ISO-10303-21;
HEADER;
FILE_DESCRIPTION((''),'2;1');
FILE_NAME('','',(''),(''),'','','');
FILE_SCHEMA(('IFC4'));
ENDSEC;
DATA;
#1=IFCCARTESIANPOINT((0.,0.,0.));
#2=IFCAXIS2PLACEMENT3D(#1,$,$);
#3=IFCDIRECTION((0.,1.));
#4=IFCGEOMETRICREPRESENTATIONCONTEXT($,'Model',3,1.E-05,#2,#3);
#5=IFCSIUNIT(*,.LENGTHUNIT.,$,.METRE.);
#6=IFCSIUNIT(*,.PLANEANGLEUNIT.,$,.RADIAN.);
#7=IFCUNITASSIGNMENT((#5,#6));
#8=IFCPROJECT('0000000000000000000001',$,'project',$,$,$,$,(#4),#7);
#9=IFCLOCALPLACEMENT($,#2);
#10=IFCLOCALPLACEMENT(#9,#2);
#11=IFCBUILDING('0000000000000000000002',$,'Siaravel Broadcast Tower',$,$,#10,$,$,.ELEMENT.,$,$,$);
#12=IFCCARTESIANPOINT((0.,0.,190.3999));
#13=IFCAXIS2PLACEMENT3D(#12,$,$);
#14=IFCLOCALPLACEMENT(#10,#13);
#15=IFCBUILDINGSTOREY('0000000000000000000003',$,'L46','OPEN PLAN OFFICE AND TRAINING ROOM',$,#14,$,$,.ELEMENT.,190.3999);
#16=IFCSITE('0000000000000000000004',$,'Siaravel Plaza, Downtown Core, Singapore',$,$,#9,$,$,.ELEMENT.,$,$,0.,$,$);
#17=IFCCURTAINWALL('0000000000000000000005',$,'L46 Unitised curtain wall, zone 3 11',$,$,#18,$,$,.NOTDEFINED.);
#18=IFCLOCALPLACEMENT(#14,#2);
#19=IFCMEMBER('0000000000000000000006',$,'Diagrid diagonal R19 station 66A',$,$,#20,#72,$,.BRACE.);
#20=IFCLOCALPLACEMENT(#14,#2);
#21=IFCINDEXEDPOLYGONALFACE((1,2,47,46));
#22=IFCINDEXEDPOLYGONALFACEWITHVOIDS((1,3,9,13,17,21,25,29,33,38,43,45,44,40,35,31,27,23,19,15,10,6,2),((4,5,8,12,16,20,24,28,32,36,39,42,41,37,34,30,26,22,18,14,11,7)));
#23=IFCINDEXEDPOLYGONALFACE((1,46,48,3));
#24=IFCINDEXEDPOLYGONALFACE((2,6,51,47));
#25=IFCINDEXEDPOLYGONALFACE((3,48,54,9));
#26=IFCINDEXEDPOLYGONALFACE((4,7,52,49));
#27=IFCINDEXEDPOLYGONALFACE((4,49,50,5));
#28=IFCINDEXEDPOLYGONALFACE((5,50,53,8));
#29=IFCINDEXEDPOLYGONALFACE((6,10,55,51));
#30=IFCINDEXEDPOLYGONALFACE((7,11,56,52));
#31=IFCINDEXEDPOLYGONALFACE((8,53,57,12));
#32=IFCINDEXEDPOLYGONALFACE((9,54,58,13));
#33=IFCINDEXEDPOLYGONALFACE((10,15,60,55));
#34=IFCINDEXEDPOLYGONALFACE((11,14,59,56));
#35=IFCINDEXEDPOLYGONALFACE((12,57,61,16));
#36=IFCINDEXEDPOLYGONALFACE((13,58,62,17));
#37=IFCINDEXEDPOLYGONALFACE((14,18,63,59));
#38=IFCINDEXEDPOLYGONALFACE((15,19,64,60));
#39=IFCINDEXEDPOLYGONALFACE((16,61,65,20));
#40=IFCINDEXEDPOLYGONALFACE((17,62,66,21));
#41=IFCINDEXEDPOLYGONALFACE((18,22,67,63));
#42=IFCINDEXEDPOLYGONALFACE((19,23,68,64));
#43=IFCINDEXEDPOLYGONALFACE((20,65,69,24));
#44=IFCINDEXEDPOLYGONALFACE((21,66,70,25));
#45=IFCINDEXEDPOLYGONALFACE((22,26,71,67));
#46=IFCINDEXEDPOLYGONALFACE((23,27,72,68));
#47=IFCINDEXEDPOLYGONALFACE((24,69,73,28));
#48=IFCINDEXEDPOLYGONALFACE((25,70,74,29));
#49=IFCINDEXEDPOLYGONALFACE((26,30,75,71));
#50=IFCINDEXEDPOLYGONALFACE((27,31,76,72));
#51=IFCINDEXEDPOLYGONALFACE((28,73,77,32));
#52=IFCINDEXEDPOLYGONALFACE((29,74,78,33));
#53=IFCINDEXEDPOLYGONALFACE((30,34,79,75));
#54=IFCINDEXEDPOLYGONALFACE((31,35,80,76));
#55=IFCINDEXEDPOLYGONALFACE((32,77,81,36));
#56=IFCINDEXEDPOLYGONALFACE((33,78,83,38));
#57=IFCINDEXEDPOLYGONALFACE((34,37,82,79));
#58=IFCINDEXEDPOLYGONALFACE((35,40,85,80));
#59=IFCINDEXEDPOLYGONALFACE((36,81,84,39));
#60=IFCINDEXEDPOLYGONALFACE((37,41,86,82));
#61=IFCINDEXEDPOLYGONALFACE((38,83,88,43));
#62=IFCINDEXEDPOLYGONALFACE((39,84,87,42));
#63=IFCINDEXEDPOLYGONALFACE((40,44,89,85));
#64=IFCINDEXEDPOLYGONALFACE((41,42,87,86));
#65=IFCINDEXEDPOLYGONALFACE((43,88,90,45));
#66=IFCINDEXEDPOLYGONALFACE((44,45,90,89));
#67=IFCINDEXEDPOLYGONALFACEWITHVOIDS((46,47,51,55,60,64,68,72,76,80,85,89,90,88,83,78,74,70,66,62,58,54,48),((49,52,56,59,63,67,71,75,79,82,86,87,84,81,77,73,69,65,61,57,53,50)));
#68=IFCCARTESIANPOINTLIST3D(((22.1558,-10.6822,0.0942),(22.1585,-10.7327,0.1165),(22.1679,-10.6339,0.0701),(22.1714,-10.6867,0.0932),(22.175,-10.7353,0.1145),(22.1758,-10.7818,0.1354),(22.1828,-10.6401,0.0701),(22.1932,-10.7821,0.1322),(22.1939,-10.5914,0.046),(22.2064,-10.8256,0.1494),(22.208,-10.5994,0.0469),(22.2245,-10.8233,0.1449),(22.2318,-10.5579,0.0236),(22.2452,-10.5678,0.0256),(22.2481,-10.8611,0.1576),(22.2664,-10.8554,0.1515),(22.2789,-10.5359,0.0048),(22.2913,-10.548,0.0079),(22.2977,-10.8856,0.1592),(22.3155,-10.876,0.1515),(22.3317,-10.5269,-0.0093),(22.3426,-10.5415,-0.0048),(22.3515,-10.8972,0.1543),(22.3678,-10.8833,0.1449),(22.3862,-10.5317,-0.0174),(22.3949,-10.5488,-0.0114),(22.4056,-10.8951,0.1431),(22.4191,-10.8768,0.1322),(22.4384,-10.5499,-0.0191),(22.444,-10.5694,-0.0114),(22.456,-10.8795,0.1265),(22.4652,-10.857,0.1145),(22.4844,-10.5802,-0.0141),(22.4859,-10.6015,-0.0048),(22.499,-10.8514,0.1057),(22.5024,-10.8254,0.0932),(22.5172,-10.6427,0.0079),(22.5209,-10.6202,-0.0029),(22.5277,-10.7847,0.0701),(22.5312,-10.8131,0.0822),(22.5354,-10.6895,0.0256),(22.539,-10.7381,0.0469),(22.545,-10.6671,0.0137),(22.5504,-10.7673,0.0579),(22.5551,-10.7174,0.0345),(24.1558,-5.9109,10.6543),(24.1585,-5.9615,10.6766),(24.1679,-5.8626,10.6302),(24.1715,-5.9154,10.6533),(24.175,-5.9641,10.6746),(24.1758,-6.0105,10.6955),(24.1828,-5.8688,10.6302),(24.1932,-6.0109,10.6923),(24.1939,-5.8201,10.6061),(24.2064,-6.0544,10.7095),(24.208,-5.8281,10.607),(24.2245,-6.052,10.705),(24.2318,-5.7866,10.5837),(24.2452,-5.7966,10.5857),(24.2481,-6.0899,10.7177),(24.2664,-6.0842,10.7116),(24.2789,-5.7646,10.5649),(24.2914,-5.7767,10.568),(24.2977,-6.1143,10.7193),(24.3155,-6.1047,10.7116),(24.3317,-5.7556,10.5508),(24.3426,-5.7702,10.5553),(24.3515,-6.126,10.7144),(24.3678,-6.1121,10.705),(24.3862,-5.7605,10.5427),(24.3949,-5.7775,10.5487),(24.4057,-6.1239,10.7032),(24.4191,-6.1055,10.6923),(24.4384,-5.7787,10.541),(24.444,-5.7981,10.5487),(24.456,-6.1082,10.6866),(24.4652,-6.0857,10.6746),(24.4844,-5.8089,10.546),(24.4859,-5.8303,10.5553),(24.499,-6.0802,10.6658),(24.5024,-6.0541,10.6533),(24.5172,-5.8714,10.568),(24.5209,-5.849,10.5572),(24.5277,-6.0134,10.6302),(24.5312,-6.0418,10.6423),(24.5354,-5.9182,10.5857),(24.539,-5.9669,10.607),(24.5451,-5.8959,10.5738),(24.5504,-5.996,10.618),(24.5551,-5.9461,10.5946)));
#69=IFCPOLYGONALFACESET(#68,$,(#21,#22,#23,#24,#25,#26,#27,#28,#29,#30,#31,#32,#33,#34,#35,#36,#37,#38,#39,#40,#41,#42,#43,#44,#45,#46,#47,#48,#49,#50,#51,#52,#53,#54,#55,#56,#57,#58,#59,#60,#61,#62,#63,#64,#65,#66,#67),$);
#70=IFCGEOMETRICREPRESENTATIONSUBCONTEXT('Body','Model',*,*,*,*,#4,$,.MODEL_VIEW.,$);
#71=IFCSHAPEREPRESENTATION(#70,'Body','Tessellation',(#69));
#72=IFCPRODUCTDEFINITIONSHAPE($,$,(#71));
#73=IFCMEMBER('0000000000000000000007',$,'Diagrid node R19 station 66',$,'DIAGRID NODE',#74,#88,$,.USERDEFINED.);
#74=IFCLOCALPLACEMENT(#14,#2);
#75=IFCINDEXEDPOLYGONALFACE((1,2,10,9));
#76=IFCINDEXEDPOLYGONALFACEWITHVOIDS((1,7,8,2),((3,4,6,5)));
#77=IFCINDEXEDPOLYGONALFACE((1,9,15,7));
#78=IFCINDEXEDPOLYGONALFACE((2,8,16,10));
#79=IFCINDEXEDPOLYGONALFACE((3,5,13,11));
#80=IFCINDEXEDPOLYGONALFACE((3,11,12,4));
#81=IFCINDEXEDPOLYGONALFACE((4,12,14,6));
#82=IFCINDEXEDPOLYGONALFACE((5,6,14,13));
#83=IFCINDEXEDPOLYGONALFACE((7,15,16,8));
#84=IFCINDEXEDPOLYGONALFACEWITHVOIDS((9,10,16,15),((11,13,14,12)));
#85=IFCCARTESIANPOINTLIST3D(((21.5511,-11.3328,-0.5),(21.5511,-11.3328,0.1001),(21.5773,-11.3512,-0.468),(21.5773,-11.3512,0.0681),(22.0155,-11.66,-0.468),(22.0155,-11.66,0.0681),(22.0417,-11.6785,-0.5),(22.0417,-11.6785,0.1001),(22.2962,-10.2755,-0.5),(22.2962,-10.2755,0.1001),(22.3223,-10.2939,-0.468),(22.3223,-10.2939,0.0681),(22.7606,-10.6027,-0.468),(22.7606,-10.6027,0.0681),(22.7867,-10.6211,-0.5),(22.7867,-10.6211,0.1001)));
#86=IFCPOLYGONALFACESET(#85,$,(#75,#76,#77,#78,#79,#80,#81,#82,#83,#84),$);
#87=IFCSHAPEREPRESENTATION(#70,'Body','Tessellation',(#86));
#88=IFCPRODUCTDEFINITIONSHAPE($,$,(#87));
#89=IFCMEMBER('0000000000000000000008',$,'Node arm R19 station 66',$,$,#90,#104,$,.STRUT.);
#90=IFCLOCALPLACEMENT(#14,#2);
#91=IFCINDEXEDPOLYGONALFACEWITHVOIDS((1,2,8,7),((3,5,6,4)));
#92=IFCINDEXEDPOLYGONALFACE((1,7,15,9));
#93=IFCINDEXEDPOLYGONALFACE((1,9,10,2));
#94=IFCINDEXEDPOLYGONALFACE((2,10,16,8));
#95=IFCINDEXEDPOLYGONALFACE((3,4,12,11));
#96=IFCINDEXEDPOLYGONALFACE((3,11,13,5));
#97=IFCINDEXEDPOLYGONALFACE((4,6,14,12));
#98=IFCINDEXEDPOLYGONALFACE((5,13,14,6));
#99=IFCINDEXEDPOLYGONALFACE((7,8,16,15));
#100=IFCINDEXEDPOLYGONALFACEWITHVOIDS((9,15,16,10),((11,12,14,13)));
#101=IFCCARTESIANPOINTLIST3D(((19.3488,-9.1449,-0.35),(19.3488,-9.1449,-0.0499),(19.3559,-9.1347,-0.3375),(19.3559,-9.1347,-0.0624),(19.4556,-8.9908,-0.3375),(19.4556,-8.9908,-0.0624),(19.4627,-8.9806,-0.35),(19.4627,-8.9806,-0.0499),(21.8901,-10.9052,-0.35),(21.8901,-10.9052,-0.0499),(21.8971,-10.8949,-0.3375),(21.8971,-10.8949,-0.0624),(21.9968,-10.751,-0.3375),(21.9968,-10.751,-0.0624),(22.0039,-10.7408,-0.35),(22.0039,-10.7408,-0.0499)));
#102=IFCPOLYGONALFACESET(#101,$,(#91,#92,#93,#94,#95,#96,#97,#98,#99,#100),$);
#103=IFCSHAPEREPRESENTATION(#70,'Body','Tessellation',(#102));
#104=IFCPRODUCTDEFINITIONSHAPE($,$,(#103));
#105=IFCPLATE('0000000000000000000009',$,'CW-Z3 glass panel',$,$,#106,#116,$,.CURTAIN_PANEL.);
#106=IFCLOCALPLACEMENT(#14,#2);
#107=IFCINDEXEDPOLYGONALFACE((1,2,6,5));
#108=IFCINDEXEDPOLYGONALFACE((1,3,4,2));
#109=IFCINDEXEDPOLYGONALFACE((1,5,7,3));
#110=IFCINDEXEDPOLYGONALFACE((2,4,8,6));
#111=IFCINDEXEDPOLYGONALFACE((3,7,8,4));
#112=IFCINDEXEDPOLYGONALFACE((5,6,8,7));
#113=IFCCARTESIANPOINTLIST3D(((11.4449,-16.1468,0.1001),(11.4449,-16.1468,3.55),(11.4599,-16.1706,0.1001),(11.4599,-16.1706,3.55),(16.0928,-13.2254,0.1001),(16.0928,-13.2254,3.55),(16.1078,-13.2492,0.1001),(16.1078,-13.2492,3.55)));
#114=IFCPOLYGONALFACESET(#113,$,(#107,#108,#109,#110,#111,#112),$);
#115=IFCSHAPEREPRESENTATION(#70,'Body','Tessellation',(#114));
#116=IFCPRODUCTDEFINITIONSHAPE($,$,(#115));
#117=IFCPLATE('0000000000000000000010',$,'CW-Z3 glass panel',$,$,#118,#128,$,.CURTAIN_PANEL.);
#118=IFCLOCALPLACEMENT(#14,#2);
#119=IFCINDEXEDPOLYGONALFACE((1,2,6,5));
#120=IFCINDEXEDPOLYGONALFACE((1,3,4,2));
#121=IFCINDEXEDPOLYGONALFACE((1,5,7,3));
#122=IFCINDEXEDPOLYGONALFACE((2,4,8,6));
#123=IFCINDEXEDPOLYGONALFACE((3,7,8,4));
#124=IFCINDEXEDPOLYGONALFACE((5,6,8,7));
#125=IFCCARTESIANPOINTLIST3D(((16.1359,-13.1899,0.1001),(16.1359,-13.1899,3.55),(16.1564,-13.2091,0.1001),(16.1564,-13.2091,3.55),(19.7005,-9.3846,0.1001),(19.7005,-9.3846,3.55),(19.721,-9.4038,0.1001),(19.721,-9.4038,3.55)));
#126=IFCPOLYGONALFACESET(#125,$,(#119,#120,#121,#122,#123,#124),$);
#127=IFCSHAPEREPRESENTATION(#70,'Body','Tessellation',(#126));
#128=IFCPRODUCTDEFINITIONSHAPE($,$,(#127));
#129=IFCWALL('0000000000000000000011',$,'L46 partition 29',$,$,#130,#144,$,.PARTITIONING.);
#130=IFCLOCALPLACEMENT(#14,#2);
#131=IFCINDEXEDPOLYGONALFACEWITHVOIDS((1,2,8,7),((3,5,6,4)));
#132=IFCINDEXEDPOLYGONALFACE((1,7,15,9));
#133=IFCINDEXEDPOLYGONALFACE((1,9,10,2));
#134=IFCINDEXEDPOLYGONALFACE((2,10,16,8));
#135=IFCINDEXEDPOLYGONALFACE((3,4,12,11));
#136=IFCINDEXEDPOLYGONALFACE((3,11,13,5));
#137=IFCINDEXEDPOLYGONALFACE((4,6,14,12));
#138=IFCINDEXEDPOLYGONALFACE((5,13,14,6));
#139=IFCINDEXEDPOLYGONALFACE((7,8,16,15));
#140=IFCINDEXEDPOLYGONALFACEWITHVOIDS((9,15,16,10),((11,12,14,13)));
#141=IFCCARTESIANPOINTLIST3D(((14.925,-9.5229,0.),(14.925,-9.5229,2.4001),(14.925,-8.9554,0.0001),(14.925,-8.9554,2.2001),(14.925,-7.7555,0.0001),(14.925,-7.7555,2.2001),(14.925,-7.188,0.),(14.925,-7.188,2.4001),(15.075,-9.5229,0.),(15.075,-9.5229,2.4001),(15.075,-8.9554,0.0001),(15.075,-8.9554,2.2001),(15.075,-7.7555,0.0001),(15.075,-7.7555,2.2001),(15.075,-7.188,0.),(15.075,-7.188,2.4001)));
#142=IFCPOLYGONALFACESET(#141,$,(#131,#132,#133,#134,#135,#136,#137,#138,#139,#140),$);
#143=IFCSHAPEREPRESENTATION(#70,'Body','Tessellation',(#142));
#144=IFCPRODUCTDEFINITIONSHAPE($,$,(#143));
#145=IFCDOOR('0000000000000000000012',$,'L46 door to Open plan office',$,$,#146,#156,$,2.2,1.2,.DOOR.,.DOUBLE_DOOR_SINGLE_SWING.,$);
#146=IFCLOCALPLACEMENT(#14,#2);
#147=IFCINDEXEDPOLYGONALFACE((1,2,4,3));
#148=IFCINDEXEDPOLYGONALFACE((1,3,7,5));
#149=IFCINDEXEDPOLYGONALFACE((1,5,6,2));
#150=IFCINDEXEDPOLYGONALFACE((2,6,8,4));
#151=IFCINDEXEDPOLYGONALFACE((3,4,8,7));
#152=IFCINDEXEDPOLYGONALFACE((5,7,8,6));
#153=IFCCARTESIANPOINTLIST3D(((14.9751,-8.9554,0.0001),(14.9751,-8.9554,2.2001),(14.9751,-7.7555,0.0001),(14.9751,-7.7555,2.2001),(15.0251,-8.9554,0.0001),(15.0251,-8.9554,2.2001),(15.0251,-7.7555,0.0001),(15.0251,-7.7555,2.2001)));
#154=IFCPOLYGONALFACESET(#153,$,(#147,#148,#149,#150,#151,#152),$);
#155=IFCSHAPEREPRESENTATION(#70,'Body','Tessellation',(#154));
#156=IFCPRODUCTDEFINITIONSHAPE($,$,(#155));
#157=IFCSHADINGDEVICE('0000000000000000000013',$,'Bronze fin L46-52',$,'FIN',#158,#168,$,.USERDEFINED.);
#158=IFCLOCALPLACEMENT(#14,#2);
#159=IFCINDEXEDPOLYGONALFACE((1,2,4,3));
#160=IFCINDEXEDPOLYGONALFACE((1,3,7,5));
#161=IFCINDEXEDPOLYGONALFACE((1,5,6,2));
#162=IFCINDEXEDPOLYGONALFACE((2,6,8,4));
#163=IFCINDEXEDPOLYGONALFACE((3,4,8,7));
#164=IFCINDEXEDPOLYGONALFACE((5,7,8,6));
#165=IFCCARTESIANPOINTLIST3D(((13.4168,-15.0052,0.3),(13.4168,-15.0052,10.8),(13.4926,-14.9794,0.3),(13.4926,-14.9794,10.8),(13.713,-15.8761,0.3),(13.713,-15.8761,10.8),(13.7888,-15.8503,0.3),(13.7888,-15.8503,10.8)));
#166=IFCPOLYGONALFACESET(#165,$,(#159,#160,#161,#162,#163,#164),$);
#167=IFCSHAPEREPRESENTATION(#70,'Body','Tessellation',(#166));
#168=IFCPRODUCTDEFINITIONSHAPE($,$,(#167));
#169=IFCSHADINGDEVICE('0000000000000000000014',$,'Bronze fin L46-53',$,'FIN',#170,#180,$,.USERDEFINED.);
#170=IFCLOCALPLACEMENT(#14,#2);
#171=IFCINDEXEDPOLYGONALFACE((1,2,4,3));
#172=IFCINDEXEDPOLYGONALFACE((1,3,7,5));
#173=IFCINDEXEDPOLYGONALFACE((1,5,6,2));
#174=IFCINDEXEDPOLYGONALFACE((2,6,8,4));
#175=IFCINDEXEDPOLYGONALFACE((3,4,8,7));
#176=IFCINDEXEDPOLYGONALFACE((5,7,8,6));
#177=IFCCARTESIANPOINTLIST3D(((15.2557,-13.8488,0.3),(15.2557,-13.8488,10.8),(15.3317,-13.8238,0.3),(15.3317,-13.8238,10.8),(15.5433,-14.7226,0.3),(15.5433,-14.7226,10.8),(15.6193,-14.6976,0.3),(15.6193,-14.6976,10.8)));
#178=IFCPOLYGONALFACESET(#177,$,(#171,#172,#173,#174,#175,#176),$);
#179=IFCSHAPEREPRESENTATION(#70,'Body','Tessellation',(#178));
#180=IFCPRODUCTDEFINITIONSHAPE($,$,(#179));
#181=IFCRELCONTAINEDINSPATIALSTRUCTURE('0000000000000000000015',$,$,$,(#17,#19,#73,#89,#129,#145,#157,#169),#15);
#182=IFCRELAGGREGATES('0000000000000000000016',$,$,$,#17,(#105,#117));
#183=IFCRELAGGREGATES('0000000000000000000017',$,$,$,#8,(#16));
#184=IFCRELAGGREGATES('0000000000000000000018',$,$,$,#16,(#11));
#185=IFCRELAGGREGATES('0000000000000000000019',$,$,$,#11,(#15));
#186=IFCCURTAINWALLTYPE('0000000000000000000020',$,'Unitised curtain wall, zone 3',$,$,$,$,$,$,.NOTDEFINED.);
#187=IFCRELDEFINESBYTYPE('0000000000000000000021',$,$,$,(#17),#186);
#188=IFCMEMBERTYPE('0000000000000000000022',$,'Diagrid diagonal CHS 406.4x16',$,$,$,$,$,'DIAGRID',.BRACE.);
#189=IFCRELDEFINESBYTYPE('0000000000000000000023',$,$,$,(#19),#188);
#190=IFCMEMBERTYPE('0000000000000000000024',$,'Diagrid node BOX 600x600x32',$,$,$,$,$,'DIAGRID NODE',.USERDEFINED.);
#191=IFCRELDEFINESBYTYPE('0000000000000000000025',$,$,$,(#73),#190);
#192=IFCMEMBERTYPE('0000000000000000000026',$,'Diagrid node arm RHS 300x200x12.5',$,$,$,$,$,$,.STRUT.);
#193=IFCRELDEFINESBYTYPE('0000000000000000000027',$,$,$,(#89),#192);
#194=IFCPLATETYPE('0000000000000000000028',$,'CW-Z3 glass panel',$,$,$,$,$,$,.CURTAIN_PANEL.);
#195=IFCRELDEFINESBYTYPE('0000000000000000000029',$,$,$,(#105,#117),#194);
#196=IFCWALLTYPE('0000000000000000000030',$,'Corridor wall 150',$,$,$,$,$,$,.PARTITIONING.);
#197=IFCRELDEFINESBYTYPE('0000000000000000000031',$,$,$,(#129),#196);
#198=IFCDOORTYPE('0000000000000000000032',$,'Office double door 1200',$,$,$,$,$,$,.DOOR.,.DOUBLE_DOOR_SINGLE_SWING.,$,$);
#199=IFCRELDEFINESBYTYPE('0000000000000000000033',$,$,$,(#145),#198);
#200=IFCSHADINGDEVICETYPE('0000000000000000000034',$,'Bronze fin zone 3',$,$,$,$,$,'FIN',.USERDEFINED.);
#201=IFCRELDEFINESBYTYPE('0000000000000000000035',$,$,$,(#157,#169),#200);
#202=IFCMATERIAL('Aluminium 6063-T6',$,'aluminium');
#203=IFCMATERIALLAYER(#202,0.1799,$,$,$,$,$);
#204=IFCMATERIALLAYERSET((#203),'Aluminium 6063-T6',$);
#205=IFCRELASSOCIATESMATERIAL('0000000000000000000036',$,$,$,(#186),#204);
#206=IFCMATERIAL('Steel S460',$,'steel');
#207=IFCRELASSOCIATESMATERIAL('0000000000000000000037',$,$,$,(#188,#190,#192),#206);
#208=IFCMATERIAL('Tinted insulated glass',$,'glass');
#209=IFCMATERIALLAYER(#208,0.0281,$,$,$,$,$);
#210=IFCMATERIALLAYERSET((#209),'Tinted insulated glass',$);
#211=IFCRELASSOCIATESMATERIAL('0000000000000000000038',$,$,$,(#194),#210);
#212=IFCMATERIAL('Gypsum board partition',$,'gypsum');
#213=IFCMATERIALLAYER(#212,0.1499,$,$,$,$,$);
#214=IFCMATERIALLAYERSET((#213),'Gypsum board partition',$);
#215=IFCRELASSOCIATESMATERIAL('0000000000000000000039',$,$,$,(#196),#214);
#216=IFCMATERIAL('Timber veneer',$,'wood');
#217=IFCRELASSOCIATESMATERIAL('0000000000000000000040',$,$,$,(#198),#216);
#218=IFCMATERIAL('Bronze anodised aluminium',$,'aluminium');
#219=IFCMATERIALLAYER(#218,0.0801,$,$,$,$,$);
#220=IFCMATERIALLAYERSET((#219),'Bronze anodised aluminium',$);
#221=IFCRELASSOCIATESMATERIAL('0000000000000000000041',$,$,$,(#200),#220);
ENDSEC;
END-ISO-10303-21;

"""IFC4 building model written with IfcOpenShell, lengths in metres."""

from ifc_helpers import new_model, si_unit, direction, frame, frame_2d, origin, origin_2d, place, context, subcontext, project, spatial, rectangle, hollow_rectangle, hollow_circle, extrude, material, layer, layer_set, material_profile, profile_set, type_object, element, fill, aggregate, save


model = new_model("IFC4")

# Units and contexts
model_context = context("Model", 3, precision=1e-05, world=origin(), true_north=direction((0.0, 1.0)))
body_context = subcontext(model_context, "Body", "Model", "MODEL_VIEW")
ifc_project = project(units=[si_unit("LENGTHUNIT", "METRE"), si_unit("PLANEANGLEUNIT", "RADIAN")], contexts=[model_context])

# Site, building, storey
site_placement = place(None, origin())
site = spatial("IfcSite", under=ifc_project, at=site_placement, Name="Siaravel Plaza, Downtown Core, Singapore", CompositionType="ELEMENT", RefElevation=0.0)
building_placement = place(site_placement, origin())
building = spatial("IfcBuilding", under=site, at=building_placement, Name="Siaravel Broadcast Tower", CompositionType="ELEMENT")
storey_placement = place(building_placement, frame((0.0, 0.0, 190.3999)))
storey = spatial("IfcBuildingStorey", under=building, at=storey_placement, Name="L46", Description="OPEN PLAN OFFICE AND TRAINING ROOM", CompositionType="ELEMENT", Elevation=190.3999)

# Curtain wall
ifc_material_1 = material(Name="Aluminium 6063-T6", Category="aluminium")
ifc_layer_1 = layer(ifc_material_1, 0.1799)
ifc_layer_set_1 = layer_set([ifc_layer_1], Name="Aluminium 6063-T6")
curtain_wall_type = type_object("IfcCurtainWallType", Name="Unitised curtain wall, zone 3", PredefinedType="NOTDEFINED", material=ifc_layer_set_1)
curtain_wall_1_placement = place(storey_placement, origin())
curtain_wall_1 = element("IfcCurtainWall", 1, at=curtain_wall_1_placement, inside=storey, type_object=curtain_wall_type, Name="L46 Unitised curtain wall, zone 3 11", PredefinedType="NOTDEFINED")

# Members
ifc_material_2 = material(Name="Steel S460", Category="steel")
ifc_material_profile_1 = material_profile(ifc_material_2, hollow_circle(Radius=0.2031, WallThickness=0.0161, at=origin_2d()))
ifc_profile_set_1 = profile_set([ifc_material_profile_1], Name="Steel S460")
member_type_1 = type_object("IfcMemberType", Name="Diagrid diagonal CHS 406.4x16", ElementType="DIAGRID", PredefinedType="BRACE", material=ifc_profile_set_1)
member_1_placement = place(storey_placement, frame((22.3552, -10.7124, 0.0701), z_axis=(0.170079, 0.405744, 0.898023), x_axis=(-0.922252, 0.386588, 0.0)))
element("IfcMember", 2, at=member_1_placement, inside=storey, type_object=member_type_1, Name="Diagrid diagonal R19 station 66A", PredefinedType="BRACE", context=body_context, shape_type="SweptSolid", body=[
    extrude(hollow_circle(Radius=0.2031, WallThickness=0.0161, at=origin_2d()), origin(), (0.0, 0.0, 1.0), 11.7593),
])
ifc_material_profile_2 = material_profile(ifc_material_2, hollow_rectangle(XDim=0.6001, YDim=0.6001, WallThickness=0.032, at=origin_2d()))
ifc_profile_set_2 = profile_set([ifc_material_profile_2], Name="Steel S460")
member_type_2 = type_object("IfcMemberType", Name="Diagrid node BOX 600x600x32", ElementType="DIAGRID NODE", PredefinedType="USERDEFINED", material=ifc_profile_set_2)
member_2_placement = place(storey_placement, frame((21.7964, -11.5056, -0.2), z_axis=(0.576031, 0.817428, 0.0), x_axis=(-0.817428, 0.576031, 0.0)))
element("IfcMember", 3, at=member_2_placement, inside=storey, type_object=member_type_2, Name="Diagrid node R19 station 66", ObjectType="DIAGRID NODE", PredefinedType="USERDEFINED", context=body_context, shape_type="SweptSolid", body=[
    extrude(hollow_rectangle(XDim=0.6001, YDim=0.6001, WallThickness=0.032, at=origin_2d()), origin(), (0.0, 0.0, 1.0), 1.2935),
])
ifc_material_profile_3 = material_profile(ifc_material_2, hollow_rectangle(XDim=0.2, YDim=0.3, WallThickness=0.0125, at=origin_2d()))
ifc_profile_set_3 = profile_set([ifc_material_profile_3], Name="Steel S460")
member_type_3 = type_object("IfcMemberType", Name="Diagrid node arm RHS 300x200x12.5", PredefinedType="STRUT", material=ifc_profile_set_3)
member_3_placement = place(storey_placement, frame((19.4058, -9.0627, -0.2), z_axis=(0.822053, -0.569411, 0.0), x_axis=(0.569411, 0.822053, 0.0)))
element("IfcMember", 4, at=member_3_placement, inside=storey, type_object=member_type_3, Name="Node arm R19 station 66", PredefinedType="STRUT", context=body_context, shape_type="SweptSolid", body=[
    extrude(hollow_rectangle(XDim=0.2, YDim=0.3, WallThickness=0.0125, at=origin_2d()), origin(), (0.0, 0.0, 1.0), 3.0913),
])

# Plates
ifc_material_3 = material(Name="Tinted insulated glass", Category="glass")
ifc_layer_2 = layer(ifc_material_3, 0.0281)
ifc_layer_set_2 = layer_set([ifc_layer_2], Name="Tinted insulated glass")
plate_type = type_object("IfcPlateType", Name="CW-Z3 glass panel", PredefinedType="CURTAIN_PANEL", material=ifc_layer_set_2)
plate_1_placement = place(storey_placement, frame((13.7764, -14.698, 0.1001), z_axis=(0.0, 0.0, 1.0), x_axis=(0.846651, 0.532149, 0.0)))
plate_1 = element("IfcPlate", 5, at=plate_1_placement, type_object=plate_type, Name="CW-Z3 glass panel", PredefinedType="CURTAIN_PANEL", context=body_context, shape_type="SweptSolid", body=[
    extrude(rectangle(XDim=5.4897, YDim=0.0281, at=origin_2d()), origin(), (0.0, 0.0, 1.0), 3.45),
])
plate_2_placement = place(storey_placement, frame((17.9285, -11.2969, 0.1001), z_axis=(0.0, 0.0, 1.0), x_axis=(0.683655, 0.729805, 0.0)))
plate_2 = element("IfcPlate", 6, at=plate_2_placement, type_object=plate_type, Name="CW-Z3 glass panel", PredefinedType="CURTAIN_PANEL", context=body_context, shape_type="SweptSolid", body=[
    extrude(rectangle(XDim=5.2141, YDim=0.0281, at=origin_2d()), origin(), (0.0, 0.0, 1.0), 3.45),
])
aggregate(curtain_wall_1, [plate_1, plate_2])

# Wall, opening, door
ifc_material_4 = material(Name="Gypsum board partition", Category="gypsum")
ifc_layer_3 = layer(ifc_material_4, 0.1499)
ifc_layer_set_3 = layer_set([ifc_layer_3], Name="Gypsum board partition")
wall_type = type_object("IfcWallType", Name="Corridor wall 150", PredefinedType="PARTITIONING", material=ifc_layer_set_3)
wall_placement = place(storey_placement, frame((15.0, -9.5229, 0.0), z_axis=(0.0, 0.0, 1.0), x_axis=(0.0, 1.0, 0.0)))
wall = element("IfcWall", 7, at=wall_placement, inside=storey, type_object=wall_type, Name="L46 partition 29", PredefinedType="PARTITIONING", context=body_context, shape_type="SweptSolid", body=[
    extrude(rectangle(XDim=2.335, YDim=0.1499, at=frame_2d((1.1675, 0.0))), origin(), (0.0, 0.0, 1.0), 2.4001),
])
opening_placement = place(wall_placement, frame((0.5674, 0.0, 0.0)))
opening = element("IfcOpeningElement", 8, at=opening_placement, cuts=wall, PredefinedType="OPENING", context=body_context, shape_type="SweptSolid", body=[
    extrude(rectangle(XDim=1.2, YDim=2.2, at=frame_2d((0.6001, 1.1001))), frame((0.0, 0.085, 0.0), z_axis=(0.0, -1.0, 0.0), x_axis=(1.0, 0.0, 0.0)), (0.0, 0.0, 1.0), 0.1699),
])
ifc_material_5 = material(Name="Timber veneer", Category="wood")
door_type = type_object("IfcDoorType", Name="Office double door 1200", OperationType="DOUBLE_DOOR_SINGLE_SWING", PredefinedType="DOOR", material=ifc_material_5)
door_placement = place(opening_placement, origin())
door = element("IfcDoor", 9, at=door_placement, inside=storey, type_object=door_type, Name="L46 door to Open plan office", OperationType="DOUBLE_DOOR_SINGLE_SWING", OverallHeight=2.2, OverallWidth=1.2, PredefinedType="DOOR", context=body_context, shape_type="SweptSolid", body=[
    extrude(rectangle(XDim=1.2, YDim=2.2, at=frame_2d((0.6001, 1.1001))), frame((0.0, 0.0249, 0.0), z_axis=(0.0, -1.0, 0.0), x_axis=(1.0, 0.0, 0.0)), (0.0, 0.0, 1.0), 0.05),
])
fill(opening, door)

# Shading devices
ifc_material_6 = material(Name="Bronze anodised aluminium", Category="aluminium")
ifc_layer_4 = layer(ifc_material_6, 0.0801)
ifc_layer_set_4 = layer_set([ifc_layer_4], Name="Bronze anodised aluminium")
shading_device_type = type_object("IfcShadingDeviceType", Name="Bronze fin zone 3", ElementType="FIN", PredefinedType="USERDEFINED", material=ifc_layer_set_4)
for number, where, z_axis, x_axis, name in (
    (10, (13.6028, -15.4277, 0.3), (0.0, 0.0, 1.0), (0.32199, -0.946743, 0.0), "Bronze fin L46-52"),
    (11, (15.4375, -14.2732, 0.3), (0.0, 0.0, 1.0), (0.312613, -0.94988, 0.0), "Bronze fin L46-53"),
):
    element("IfcShadingDevice", number, at=place(storey_placement, frame(where, z_axis=z_axis, x_axis=x_axis)), inside=storey, type_object=shading_device_type, Name=name, ObjectType="FIN", PredefinedType="USERDEFINED", context=body_context, shape_type="SweptSolid", body=[
        extrude(rectangle(XDim=0.9199, YDim=0.0801, at=origin_2d()), origin(), (0.0, 0.0, 1.0), 10.5),
    ])

save(model, "model.ifc")
